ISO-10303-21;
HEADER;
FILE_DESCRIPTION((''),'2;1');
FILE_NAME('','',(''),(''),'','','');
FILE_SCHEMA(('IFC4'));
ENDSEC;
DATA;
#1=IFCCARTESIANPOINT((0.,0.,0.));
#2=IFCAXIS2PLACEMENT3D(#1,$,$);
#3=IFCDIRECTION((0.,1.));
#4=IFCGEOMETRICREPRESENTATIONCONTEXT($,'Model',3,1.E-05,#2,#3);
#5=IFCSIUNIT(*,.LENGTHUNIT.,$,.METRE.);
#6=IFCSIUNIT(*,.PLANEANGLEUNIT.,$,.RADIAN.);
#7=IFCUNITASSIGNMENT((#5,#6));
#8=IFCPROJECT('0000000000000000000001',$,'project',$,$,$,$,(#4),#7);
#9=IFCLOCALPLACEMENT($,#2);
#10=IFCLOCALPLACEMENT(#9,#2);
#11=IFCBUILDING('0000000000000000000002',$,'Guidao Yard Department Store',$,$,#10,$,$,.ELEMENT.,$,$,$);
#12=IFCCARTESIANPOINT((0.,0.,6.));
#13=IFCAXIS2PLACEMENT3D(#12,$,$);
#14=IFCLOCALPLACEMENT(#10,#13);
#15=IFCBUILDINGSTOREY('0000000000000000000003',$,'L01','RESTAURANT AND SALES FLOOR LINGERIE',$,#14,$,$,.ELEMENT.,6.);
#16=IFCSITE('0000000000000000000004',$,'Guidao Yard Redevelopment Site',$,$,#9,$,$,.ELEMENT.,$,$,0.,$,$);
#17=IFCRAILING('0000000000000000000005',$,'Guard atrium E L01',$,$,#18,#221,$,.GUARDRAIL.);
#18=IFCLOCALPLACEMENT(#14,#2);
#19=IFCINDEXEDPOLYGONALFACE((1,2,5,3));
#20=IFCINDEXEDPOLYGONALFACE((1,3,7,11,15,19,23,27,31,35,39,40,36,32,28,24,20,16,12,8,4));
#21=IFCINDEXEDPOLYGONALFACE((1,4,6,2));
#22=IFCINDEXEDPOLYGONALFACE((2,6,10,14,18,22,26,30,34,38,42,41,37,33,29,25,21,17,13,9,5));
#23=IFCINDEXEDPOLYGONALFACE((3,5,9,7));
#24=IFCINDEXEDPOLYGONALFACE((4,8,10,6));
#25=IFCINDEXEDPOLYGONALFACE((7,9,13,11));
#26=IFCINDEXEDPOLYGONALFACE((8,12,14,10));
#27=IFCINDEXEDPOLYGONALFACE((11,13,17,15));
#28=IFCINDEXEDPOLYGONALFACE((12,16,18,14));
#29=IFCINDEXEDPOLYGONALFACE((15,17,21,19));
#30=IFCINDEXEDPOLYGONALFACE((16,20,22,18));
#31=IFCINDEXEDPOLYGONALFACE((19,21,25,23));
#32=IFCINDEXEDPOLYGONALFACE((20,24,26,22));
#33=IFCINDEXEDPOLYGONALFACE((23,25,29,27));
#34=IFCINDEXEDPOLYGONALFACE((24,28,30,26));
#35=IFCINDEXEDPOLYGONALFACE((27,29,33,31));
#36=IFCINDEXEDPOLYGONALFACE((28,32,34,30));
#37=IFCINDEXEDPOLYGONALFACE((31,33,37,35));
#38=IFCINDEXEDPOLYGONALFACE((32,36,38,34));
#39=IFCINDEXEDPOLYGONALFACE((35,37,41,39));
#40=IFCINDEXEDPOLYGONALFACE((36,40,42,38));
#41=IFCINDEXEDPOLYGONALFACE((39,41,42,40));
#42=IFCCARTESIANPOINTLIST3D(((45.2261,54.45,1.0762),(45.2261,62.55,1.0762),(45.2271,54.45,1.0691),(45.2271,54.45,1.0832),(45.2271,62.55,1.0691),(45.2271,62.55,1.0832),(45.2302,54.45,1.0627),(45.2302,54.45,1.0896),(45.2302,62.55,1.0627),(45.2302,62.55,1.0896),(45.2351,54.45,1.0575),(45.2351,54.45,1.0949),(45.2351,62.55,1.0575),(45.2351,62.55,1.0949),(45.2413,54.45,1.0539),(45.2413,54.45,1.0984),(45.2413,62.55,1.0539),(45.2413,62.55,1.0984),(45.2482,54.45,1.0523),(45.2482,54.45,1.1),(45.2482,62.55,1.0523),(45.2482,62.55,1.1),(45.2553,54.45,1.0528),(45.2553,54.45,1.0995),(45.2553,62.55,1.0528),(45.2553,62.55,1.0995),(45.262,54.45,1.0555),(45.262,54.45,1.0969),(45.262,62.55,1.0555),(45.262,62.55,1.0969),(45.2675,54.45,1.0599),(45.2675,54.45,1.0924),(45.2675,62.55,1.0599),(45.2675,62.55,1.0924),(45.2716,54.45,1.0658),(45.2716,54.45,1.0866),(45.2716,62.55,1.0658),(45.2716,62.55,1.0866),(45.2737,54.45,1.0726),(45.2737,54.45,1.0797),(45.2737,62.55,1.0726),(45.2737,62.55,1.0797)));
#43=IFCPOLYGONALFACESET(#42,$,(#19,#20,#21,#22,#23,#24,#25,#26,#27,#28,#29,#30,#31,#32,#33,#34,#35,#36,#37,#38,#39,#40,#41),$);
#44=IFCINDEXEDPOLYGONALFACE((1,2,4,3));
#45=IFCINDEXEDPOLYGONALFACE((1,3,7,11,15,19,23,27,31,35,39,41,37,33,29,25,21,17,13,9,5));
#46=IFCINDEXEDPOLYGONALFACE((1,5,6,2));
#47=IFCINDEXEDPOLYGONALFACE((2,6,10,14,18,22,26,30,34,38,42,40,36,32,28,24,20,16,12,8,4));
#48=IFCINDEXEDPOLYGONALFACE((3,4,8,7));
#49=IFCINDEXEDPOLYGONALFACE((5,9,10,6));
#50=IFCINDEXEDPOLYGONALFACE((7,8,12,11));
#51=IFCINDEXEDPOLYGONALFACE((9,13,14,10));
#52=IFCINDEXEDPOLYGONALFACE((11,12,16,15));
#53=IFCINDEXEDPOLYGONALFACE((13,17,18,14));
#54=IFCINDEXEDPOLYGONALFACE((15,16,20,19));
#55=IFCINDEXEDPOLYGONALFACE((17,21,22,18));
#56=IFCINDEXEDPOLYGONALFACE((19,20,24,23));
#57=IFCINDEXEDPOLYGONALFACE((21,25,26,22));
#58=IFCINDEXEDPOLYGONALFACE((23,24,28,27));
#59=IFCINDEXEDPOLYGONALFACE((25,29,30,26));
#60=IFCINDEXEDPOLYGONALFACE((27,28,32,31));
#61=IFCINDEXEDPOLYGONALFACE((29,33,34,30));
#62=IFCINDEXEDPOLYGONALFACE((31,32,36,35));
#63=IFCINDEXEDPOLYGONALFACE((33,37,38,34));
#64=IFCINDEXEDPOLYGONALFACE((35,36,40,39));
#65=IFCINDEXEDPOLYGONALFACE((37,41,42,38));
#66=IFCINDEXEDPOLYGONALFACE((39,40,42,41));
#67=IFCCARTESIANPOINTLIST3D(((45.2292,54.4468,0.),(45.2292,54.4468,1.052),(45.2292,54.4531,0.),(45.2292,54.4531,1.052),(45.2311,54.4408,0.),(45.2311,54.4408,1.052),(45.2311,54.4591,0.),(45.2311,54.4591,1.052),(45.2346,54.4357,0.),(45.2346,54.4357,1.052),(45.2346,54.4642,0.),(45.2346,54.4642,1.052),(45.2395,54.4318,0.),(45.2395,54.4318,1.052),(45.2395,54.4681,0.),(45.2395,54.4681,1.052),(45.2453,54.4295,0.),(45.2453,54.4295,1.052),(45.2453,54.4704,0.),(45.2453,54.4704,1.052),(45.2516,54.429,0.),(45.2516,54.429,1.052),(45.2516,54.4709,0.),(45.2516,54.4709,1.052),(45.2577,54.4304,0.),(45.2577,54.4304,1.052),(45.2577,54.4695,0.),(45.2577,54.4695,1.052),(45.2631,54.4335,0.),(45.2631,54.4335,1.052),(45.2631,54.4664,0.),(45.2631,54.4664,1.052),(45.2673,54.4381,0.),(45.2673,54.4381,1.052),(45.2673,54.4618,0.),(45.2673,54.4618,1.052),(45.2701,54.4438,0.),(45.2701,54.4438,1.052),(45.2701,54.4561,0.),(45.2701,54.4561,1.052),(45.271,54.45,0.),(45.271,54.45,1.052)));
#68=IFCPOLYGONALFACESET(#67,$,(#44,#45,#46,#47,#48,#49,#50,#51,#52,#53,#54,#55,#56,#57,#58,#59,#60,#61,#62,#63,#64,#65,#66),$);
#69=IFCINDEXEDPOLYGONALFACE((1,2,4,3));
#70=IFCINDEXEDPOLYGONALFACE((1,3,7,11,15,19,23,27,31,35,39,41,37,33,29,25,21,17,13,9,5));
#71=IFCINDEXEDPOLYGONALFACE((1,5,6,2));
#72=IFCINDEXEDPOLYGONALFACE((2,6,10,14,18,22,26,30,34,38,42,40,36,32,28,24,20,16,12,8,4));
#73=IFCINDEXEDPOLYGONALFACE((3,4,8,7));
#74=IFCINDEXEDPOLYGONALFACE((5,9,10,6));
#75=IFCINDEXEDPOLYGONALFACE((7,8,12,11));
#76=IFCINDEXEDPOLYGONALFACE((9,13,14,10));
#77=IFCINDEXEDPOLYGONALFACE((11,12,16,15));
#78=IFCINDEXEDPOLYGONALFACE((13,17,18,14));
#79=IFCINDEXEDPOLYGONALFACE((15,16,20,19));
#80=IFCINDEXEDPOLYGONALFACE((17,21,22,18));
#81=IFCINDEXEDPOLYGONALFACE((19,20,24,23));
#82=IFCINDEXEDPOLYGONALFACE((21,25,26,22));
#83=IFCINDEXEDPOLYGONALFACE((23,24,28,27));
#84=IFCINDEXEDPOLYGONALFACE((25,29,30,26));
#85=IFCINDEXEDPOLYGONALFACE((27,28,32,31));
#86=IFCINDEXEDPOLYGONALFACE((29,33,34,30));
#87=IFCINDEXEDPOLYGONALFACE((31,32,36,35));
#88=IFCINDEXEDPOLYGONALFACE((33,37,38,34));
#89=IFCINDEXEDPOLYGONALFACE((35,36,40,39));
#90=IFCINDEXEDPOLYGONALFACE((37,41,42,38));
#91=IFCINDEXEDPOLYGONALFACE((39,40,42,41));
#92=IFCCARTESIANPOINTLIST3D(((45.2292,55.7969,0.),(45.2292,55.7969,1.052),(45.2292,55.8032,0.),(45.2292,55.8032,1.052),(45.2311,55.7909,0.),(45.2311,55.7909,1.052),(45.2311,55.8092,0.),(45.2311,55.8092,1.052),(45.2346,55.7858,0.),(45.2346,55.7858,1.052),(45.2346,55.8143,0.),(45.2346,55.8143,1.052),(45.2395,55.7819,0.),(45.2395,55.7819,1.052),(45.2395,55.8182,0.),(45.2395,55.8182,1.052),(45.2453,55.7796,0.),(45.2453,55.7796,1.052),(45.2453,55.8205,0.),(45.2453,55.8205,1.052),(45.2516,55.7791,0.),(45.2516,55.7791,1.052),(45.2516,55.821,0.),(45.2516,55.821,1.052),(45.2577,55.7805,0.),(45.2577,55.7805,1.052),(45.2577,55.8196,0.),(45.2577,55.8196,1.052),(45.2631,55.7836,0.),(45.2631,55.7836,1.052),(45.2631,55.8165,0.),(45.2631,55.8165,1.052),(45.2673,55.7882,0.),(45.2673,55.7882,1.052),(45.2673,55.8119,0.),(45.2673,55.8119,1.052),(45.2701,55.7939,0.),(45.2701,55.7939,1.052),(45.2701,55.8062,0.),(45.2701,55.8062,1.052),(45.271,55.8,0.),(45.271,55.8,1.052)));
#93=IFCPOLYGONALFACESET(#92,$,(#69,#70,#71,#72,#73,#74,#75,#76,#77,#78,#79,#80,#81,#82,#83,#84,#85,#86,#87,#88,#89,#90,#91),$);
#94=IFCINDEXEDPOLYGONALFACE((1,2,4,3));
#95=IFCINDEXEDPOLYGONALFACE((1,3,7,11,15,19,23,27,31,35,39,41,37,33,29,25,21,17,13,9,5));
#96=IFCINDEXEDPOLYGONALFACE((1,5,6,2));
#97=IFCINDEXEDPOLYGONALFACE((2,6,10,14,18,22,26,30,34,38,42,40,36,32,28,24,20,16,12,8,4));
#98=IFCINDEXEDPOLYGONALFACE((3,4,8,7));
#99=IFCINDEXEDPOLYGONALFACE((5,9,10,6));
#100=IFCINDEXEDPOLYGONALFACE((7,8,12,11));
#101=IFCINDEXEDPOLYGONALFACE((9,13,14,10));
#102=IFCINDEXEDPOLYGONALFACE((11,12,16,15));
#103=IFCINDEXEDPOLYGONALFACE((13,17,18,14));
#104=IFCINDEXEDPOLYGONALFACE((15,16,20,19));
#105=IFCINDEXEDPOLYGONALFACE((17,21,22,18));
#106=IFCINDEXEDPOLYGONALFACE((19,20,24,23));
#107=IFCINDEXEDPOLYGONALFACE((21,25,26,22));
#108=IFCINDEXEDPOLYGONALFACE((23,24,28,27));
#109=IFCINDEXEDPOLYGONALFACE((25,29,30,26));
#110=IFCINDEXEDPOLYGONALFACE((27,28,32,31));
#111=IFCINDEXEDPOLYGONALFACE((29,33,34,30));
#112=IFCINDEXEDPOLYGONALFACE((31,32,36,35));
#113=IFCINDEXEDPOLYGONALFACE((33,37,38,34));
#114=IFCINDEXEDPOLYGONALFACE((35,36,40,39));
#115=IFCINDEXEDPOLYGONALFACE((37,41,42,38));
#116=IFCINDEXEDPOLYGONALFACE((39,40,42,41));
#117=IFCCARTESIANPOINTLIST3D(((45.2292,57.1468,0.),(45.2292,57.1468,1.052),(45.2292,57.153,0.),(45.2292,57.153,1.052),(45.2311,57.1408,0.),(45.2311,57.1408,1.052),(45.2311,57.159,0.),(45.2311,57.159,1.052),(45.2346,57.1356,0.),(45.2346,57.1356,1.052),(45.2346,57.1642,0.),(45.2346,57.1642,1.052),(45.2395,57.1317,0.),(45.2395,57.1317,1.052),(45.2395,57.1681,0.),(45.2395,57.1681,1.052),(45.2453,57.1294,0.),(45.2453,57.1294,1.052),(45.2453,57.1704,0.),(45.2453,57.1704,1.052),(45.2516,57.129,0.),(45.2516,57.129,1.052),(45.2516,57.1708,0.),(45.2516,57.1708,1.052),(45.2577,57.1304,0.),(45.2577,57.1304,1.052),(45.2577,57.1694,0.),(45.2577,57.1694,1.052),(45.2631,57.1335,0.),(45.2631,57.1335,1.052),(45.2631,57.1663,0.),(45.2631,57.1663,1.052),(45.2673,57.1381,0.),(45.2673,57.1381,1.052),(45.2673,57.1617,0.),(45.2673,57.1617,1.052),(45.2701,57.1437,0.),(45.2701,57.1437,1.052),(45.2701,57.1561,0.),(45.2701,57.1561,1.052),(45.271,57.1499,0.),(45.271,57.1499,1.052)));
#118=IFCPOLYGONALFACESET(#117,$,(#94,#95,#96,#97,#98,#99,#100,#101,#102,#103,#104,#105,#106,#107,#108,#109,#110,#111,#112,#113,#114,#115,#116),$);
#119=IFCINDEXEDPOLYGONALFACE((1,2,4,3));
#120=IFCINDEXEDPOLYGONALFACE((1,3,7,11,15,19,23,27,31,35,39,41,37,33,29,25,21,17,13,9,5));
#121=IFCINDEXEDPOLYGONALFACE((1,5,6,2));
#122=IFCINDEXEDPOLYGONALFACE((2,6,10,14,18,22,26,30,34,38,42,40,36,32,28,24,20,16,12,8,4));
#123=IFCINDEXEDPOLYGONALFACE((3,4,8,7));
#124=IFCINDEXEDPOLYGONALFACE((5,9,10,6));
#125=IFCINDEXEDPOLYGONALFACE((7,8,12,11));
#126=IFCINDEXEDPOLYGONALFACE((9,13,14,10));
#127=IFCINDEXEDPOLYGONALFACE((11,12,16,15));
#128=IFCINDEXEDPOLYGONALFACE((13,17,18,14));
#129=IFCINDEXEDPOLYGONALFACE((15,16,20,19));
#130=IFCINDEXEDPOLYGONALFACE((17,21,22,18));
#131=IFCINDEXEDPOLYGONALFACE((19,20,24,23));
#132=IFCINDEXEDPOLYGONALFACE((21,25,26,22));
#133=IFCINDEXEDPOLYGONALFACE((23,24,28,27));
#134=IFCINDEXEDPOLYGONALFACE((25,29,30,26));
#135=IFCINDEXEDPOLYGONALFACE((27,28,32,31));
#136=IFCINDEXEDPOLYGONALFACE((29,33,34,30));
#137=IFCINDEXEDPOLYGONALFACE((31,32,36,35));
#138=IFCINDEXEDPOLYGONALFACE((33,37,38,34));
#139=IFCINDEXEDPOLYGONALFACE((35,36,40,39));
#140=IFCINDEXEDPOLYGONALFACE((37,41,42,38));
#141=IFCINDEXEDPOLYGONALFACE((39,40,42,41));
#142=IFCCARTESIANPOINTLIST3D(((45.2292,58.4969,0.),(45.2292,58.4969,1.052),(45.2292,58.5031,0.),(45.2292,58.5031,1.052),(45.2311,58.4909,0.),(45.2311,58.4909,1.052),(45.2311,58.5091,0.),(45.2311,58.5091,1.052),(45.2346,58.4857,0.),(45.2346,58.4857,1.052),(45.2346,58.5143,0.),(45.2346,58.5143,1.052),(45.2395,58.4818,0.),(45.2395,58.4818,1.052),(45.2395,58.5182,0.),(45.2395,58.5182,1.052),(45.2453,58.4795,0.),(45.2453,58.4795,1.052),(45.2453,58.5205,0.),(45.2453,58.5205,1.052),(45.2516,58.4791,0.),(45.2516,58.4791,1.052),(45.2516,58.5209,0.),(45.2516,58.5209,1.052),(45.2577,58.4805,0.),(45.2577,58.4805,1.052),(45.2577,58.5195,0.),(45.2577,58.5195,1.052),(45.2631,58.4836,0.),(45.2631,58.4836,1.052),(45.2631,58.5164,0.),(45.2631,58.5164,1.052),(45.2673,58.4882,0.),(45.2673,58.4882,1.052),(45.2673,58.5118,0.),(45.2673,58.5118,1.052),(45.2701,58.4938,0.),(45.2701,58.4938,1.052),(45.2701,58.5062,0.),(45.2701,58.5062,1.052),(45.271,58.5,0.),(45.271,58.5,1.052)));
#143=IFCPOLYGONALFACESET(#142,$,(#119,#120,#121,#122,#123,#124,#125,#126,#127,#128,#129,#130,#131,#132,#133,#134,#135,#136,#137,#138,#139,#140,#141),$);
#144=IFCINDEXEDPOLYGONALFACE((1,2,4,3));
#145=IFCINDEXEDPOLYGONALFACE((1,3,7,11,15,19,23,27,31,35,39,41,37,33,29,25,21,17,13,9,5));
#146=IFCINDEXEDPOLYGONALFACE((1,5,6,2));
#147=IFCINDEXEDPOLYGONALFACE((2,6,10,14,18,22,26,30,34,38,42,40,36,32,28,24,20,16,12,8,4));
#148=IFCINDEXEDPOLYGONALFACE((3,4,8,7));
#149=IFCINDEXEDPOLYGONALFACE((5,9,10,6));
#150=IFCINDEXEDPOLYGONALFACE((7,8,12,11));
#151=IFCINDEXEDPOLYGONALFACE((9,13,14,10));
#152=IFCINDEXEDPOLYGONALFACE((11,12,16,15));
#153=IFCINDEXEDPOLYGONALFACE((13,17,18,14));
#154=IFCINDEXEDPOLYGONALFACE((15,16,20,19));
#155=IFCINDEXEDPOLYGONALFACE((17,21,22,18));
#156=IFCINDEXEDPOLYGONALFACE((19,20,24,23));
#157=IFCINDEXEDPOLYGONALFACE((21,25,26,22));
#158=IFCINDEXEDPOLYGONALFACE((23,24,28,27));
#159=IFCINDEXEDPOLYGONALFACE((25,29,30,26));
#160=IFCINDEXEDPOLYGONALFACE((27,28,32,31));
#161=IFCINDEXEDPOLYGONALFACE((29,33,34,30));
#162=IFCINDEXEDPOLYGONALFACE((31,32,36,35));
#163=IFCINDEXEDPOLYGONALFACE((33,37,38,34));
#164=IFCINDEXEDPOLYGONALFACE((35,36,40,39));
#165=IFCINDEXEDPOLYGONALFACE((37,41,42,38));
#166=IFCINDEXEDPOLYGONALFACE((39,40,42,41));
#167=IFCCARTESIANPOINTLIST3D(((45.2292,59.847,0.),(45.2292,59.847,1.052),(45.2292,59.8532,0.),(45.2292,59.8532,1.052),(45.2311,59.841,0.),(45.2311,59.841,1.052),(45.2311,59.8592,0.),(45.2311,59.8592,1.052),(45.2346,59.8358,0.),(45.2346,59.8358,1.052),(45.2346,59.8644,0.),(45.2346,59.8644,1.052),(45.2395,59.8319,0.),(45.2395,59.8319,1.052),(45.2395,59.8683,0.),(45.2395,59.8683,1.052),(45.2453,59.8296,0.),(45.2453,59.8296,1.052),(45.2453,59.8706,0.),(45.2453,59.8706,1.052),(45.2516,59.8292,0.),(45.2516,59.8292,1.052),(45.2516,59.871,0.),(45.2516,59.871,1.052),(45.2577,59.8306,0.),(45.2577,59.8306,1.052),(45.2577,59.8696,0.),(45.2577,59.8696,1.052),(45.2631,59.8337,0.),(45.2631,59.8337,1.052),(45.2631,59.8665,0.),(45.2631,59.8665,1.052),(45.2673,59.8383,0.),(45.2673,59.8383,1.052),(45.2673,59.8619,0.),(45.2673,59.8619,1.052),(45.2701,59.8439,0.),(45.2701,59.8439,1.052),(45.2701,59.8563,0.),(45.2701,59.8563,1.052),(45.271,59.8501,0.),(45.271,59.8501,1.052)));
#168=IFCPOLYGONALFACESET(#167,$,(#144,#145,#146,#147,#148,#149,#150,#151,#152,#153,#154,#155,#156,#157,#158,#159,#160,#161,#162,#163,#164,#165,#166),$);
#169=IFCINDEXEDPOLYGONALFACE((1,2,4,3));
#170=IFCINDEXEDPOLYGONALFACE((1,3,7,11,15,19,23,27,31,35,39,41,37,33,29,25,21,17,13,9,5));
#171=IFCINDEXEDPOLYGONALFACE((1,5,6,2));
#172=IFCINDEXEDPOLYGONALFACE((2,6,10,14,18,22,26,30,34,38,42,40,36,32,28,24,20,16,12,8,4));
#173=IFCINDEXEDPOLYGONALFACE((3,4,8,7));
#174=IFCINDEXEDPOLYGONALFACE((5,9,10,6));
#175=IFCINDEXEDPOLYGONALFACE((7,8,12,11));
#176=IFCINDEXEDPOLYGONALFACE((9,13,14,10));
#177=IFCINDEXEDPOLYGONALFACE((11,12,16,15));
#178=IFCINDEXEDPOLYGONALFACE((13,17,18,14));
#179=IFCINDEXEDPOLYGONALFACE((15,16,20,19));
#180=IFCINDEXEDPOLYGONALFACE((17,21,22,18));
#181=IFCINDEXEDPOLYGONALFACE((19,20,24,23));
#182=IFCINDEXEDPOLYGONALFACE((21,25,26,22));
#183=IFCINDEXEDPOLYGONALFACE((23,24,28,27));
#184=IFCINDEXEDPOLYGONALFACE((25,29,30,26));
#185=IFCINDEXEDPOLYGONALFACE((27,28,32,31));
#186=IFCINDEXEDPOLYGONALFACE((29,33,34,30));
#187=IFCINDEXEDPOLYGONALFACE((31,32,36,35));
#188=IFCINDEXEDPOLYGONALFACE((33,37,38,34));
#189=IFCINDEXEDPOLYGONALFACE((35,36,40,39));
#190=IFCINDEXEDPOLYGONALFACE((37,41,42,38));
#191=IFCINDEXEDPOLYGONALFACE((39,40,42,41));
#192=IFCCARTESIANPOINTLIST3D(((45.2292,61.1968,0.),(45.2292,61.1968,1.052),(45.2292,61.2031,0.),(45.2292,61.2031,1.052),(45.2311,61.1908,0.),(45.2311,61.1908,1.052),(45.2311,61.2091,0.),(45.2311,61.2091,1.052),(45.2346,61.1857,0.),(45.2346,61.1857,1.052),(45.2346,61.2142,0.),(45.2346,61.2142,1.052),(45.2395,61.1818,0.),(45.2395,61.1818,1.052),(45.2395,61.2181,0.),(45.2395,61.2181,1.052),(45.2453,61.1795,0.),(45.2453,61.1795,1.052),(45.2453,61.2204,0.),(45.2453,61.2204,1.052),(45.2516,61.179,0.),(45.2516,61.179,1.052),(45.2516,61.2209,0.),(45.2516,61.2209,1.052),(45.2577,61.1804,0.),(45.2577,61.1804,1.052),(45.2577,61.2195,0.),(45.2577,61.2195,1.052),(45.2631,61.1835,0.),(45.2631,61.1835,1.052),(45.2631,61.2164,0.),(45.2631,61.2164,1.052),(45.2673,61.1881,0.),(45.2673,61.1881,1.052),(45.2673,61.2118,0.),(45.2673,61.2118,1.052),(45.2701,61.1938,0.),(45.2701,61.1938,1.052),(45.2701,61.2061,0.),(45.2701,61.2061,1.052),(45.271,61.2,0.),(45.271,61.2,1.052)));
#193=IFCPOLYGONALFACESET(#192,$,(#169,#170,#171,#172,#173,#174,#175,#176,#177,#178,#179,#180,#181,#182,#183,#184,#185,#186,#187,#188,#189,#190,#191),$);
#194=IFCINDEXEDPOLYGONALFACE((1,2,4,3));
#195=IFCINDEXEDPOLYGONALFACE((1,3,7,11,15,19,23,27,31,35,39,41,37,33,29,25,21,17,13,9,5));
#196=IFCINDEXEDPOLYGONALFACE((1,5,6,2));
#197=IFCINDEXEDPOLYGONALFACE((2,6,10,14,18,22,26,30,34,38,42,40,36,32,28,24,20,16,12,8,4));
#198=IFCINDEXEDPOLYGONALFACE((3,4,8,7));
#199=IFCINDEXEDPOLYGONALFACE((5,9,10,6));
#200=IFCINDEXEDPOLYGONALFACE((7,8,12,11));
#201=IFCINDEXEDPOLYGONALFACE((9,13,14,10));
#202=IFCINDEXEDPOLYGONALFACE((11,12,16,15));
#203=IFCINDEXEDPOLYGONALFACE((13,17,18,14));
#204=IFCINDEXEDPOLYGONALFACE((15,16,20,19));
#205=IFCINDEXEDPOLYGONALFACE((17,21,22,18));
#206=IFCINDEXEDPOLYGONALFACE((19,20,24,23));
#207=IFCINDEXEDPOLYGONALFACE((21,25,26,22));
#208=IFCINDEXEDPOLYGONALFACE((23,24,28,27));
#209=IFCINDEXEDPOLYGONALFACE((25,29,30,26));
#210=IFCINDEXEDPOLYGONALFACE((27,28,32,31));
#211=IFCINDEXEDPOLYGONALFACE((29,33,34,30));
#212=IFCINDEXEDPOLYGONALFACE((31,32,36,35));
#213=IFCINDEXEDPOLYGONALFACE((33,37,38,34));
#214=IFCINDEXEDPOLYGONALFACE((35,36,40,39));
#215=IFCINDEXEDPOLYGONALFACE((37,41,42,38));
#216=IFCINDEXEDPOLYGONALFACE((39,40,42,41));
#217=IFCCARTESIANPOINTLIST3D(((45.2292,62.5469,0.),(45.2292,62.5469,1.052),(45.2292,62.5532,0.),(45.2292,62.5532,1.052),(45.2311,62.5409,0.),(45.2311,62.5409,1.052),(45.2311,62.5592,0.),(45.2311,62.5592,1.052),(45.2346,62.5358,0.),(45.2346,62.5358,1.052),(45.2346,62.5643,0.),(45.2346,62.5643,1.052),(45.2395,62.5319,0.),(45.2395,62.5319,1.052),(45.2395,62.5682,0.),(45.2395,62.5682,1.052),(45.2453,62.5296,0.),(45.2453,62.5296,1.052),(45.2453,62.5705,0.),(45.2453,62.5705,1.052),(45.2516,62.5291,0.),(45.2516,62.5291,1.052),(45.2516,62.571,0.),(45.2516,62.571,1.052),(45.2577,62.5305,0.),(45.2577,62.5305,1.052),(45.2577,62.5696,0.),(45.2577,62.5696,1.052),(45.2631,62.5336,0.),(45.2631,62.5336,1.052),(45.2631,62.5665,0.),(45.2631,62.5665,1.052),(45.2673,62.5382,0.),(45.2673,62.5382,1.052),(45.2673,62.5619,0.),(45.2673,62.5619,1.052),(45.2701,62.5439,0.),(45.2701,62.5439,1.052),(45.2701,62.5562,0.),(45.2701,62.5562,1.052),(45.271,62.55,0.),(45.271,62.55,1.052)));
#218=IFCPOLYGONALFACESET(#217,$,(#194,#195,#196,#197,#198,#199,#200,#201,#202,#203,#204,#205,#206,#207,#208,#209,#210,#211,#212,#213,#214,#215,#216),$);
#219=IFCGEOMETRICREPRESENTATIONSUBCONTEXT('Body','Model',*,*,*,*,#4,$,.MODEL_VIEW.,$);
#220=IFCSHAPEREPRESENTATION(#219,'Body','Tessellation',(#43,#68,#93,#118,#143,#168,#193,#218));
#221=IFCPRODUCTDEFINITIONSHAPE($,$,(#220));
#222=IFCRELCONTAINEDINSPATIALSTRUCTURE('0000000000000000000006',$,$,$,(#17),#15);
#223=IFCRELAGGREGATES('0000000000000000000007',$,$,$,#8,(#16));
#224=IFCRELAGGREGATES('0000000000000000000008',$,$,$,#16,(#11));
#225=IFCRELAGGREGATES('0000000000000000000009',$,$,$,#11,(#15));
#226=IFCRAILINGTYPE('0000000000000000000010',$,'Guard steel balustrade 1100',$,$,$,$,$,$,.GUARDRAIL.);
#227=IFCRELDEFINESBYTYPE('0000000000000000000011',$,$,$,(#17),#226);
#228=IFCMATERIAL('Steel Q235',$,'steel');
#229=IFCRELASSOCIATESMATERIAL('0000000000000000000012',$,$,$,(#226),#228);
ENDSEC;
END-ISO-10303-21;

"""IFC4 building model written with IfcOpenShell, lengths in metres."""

from ifc_helpers import new_model, si_unit, direction, frame, origin, origin_2d, place, context, subcontext, project, spatial, circle, extrude, material, type_object, element, save


model = new_model("IFC4")

# Units and contexts
model_context = context("Model", 3, precision=1e-05, world=origin(), true_north=direction((0.0, 1.0)))
body_context = subcontext(model_context, "Body", "Model", "MODEL_VIEW")
ifc_project = project(units=[si_unit("LENGTHUNIT", "METRE"), si_unit("PLANEANGLEUNIT", "RADIAN")], contexts=[model_context])

# Site, building, storey
site_placement = place(None, origin())
site = spatial("IfcSite", under=ifc_project, at=site_placement, Name="Guidao Yard Redevelopment Site", CompositionType="ELEMENT", RefElevation=0.0)
building_placement = place(site_placement, origin())
building = spatial("IfcBuilding", under=site, at=building_placement, Name="Guidao Yard Department Store", CompositionType="ELEMENT")
storey_placement = place(building_placement, frame((0.0, 0.0, 6.0)))
storey = spatial("IfcBuildingStorey", under=building, at=storey_placement, Name="L01", Description="RESTAURANT AND SALES FLOOR LINGERIE", CompositionType="ELEMENT", Elevation=6.0)

# Railing
ifc_material_1 = material(Name="Steel Q235", Category="steel")
railing_type = type_object("IfcRailingType", Name="Guard steel balustrade 1100", PredefinedType="GUARDRAIL", material=ifc_material_1)
for number, where, name in (
    (1, (45.25, 54.45, 0.0), "Guard atrium E L01"),
):
    element("IfcRailing", number, at=place(storey_placement, frame(where)), inside=storey, type_object=railing_type, Name=name, PredefinedType="GUARDRAIL", context=body_context, shape_type="SweptSolid", body=[
        extrude(circle(Radius=0.0239, at=origin_2d()), frame((0.0, 0.0, 1.0762), z_axis=(0.0, 1.0, 0.0), x_axis=(-1.0, 0.0, 0.0)), (0.0, 0.0, 1.0), 8.1001),
        extrude(circle(Radius=0.021, at=origin_2d()), origin(), (0.0, 0.0, 1.0), 1.052),
        extrude(circle(Radius=0.021, at=origin_2d()), frame((0.0, 1.3501, 0.0)), (0.0, 0.0, 1.0), 1.052),
        extrude(circle(Radius=0.021, at=origin_2d()), frame((0.0, 2.7, 0.0)), (0.0, 0.0, 1.0), 1.052),
        extrude(circle(Radius=0.021, at=origin_2d()), frame((0.0, 4.05, 0.0)), (0.0, 0.0, 1.0), 1.052),
        extrude(circle(Radius=0.021, at=origin_2d()), frame((0.0, 5.4001, 0.0)), (0.0, 0.0, 1.0), 1.052),
        extrude(circle(Radius=0.021, at=origin_2d()), frame((0.0, 6.75, 0.0)), (0.0, 0.0, 1.0), 1.052),
        extrude(circle(Radius=0.021, at=origin_2d()), frame((0.0, 8.1001, 0.0)), (0.0, 0.0, 1.0), 1.052),
    ])

save(model, "model.ifc")
